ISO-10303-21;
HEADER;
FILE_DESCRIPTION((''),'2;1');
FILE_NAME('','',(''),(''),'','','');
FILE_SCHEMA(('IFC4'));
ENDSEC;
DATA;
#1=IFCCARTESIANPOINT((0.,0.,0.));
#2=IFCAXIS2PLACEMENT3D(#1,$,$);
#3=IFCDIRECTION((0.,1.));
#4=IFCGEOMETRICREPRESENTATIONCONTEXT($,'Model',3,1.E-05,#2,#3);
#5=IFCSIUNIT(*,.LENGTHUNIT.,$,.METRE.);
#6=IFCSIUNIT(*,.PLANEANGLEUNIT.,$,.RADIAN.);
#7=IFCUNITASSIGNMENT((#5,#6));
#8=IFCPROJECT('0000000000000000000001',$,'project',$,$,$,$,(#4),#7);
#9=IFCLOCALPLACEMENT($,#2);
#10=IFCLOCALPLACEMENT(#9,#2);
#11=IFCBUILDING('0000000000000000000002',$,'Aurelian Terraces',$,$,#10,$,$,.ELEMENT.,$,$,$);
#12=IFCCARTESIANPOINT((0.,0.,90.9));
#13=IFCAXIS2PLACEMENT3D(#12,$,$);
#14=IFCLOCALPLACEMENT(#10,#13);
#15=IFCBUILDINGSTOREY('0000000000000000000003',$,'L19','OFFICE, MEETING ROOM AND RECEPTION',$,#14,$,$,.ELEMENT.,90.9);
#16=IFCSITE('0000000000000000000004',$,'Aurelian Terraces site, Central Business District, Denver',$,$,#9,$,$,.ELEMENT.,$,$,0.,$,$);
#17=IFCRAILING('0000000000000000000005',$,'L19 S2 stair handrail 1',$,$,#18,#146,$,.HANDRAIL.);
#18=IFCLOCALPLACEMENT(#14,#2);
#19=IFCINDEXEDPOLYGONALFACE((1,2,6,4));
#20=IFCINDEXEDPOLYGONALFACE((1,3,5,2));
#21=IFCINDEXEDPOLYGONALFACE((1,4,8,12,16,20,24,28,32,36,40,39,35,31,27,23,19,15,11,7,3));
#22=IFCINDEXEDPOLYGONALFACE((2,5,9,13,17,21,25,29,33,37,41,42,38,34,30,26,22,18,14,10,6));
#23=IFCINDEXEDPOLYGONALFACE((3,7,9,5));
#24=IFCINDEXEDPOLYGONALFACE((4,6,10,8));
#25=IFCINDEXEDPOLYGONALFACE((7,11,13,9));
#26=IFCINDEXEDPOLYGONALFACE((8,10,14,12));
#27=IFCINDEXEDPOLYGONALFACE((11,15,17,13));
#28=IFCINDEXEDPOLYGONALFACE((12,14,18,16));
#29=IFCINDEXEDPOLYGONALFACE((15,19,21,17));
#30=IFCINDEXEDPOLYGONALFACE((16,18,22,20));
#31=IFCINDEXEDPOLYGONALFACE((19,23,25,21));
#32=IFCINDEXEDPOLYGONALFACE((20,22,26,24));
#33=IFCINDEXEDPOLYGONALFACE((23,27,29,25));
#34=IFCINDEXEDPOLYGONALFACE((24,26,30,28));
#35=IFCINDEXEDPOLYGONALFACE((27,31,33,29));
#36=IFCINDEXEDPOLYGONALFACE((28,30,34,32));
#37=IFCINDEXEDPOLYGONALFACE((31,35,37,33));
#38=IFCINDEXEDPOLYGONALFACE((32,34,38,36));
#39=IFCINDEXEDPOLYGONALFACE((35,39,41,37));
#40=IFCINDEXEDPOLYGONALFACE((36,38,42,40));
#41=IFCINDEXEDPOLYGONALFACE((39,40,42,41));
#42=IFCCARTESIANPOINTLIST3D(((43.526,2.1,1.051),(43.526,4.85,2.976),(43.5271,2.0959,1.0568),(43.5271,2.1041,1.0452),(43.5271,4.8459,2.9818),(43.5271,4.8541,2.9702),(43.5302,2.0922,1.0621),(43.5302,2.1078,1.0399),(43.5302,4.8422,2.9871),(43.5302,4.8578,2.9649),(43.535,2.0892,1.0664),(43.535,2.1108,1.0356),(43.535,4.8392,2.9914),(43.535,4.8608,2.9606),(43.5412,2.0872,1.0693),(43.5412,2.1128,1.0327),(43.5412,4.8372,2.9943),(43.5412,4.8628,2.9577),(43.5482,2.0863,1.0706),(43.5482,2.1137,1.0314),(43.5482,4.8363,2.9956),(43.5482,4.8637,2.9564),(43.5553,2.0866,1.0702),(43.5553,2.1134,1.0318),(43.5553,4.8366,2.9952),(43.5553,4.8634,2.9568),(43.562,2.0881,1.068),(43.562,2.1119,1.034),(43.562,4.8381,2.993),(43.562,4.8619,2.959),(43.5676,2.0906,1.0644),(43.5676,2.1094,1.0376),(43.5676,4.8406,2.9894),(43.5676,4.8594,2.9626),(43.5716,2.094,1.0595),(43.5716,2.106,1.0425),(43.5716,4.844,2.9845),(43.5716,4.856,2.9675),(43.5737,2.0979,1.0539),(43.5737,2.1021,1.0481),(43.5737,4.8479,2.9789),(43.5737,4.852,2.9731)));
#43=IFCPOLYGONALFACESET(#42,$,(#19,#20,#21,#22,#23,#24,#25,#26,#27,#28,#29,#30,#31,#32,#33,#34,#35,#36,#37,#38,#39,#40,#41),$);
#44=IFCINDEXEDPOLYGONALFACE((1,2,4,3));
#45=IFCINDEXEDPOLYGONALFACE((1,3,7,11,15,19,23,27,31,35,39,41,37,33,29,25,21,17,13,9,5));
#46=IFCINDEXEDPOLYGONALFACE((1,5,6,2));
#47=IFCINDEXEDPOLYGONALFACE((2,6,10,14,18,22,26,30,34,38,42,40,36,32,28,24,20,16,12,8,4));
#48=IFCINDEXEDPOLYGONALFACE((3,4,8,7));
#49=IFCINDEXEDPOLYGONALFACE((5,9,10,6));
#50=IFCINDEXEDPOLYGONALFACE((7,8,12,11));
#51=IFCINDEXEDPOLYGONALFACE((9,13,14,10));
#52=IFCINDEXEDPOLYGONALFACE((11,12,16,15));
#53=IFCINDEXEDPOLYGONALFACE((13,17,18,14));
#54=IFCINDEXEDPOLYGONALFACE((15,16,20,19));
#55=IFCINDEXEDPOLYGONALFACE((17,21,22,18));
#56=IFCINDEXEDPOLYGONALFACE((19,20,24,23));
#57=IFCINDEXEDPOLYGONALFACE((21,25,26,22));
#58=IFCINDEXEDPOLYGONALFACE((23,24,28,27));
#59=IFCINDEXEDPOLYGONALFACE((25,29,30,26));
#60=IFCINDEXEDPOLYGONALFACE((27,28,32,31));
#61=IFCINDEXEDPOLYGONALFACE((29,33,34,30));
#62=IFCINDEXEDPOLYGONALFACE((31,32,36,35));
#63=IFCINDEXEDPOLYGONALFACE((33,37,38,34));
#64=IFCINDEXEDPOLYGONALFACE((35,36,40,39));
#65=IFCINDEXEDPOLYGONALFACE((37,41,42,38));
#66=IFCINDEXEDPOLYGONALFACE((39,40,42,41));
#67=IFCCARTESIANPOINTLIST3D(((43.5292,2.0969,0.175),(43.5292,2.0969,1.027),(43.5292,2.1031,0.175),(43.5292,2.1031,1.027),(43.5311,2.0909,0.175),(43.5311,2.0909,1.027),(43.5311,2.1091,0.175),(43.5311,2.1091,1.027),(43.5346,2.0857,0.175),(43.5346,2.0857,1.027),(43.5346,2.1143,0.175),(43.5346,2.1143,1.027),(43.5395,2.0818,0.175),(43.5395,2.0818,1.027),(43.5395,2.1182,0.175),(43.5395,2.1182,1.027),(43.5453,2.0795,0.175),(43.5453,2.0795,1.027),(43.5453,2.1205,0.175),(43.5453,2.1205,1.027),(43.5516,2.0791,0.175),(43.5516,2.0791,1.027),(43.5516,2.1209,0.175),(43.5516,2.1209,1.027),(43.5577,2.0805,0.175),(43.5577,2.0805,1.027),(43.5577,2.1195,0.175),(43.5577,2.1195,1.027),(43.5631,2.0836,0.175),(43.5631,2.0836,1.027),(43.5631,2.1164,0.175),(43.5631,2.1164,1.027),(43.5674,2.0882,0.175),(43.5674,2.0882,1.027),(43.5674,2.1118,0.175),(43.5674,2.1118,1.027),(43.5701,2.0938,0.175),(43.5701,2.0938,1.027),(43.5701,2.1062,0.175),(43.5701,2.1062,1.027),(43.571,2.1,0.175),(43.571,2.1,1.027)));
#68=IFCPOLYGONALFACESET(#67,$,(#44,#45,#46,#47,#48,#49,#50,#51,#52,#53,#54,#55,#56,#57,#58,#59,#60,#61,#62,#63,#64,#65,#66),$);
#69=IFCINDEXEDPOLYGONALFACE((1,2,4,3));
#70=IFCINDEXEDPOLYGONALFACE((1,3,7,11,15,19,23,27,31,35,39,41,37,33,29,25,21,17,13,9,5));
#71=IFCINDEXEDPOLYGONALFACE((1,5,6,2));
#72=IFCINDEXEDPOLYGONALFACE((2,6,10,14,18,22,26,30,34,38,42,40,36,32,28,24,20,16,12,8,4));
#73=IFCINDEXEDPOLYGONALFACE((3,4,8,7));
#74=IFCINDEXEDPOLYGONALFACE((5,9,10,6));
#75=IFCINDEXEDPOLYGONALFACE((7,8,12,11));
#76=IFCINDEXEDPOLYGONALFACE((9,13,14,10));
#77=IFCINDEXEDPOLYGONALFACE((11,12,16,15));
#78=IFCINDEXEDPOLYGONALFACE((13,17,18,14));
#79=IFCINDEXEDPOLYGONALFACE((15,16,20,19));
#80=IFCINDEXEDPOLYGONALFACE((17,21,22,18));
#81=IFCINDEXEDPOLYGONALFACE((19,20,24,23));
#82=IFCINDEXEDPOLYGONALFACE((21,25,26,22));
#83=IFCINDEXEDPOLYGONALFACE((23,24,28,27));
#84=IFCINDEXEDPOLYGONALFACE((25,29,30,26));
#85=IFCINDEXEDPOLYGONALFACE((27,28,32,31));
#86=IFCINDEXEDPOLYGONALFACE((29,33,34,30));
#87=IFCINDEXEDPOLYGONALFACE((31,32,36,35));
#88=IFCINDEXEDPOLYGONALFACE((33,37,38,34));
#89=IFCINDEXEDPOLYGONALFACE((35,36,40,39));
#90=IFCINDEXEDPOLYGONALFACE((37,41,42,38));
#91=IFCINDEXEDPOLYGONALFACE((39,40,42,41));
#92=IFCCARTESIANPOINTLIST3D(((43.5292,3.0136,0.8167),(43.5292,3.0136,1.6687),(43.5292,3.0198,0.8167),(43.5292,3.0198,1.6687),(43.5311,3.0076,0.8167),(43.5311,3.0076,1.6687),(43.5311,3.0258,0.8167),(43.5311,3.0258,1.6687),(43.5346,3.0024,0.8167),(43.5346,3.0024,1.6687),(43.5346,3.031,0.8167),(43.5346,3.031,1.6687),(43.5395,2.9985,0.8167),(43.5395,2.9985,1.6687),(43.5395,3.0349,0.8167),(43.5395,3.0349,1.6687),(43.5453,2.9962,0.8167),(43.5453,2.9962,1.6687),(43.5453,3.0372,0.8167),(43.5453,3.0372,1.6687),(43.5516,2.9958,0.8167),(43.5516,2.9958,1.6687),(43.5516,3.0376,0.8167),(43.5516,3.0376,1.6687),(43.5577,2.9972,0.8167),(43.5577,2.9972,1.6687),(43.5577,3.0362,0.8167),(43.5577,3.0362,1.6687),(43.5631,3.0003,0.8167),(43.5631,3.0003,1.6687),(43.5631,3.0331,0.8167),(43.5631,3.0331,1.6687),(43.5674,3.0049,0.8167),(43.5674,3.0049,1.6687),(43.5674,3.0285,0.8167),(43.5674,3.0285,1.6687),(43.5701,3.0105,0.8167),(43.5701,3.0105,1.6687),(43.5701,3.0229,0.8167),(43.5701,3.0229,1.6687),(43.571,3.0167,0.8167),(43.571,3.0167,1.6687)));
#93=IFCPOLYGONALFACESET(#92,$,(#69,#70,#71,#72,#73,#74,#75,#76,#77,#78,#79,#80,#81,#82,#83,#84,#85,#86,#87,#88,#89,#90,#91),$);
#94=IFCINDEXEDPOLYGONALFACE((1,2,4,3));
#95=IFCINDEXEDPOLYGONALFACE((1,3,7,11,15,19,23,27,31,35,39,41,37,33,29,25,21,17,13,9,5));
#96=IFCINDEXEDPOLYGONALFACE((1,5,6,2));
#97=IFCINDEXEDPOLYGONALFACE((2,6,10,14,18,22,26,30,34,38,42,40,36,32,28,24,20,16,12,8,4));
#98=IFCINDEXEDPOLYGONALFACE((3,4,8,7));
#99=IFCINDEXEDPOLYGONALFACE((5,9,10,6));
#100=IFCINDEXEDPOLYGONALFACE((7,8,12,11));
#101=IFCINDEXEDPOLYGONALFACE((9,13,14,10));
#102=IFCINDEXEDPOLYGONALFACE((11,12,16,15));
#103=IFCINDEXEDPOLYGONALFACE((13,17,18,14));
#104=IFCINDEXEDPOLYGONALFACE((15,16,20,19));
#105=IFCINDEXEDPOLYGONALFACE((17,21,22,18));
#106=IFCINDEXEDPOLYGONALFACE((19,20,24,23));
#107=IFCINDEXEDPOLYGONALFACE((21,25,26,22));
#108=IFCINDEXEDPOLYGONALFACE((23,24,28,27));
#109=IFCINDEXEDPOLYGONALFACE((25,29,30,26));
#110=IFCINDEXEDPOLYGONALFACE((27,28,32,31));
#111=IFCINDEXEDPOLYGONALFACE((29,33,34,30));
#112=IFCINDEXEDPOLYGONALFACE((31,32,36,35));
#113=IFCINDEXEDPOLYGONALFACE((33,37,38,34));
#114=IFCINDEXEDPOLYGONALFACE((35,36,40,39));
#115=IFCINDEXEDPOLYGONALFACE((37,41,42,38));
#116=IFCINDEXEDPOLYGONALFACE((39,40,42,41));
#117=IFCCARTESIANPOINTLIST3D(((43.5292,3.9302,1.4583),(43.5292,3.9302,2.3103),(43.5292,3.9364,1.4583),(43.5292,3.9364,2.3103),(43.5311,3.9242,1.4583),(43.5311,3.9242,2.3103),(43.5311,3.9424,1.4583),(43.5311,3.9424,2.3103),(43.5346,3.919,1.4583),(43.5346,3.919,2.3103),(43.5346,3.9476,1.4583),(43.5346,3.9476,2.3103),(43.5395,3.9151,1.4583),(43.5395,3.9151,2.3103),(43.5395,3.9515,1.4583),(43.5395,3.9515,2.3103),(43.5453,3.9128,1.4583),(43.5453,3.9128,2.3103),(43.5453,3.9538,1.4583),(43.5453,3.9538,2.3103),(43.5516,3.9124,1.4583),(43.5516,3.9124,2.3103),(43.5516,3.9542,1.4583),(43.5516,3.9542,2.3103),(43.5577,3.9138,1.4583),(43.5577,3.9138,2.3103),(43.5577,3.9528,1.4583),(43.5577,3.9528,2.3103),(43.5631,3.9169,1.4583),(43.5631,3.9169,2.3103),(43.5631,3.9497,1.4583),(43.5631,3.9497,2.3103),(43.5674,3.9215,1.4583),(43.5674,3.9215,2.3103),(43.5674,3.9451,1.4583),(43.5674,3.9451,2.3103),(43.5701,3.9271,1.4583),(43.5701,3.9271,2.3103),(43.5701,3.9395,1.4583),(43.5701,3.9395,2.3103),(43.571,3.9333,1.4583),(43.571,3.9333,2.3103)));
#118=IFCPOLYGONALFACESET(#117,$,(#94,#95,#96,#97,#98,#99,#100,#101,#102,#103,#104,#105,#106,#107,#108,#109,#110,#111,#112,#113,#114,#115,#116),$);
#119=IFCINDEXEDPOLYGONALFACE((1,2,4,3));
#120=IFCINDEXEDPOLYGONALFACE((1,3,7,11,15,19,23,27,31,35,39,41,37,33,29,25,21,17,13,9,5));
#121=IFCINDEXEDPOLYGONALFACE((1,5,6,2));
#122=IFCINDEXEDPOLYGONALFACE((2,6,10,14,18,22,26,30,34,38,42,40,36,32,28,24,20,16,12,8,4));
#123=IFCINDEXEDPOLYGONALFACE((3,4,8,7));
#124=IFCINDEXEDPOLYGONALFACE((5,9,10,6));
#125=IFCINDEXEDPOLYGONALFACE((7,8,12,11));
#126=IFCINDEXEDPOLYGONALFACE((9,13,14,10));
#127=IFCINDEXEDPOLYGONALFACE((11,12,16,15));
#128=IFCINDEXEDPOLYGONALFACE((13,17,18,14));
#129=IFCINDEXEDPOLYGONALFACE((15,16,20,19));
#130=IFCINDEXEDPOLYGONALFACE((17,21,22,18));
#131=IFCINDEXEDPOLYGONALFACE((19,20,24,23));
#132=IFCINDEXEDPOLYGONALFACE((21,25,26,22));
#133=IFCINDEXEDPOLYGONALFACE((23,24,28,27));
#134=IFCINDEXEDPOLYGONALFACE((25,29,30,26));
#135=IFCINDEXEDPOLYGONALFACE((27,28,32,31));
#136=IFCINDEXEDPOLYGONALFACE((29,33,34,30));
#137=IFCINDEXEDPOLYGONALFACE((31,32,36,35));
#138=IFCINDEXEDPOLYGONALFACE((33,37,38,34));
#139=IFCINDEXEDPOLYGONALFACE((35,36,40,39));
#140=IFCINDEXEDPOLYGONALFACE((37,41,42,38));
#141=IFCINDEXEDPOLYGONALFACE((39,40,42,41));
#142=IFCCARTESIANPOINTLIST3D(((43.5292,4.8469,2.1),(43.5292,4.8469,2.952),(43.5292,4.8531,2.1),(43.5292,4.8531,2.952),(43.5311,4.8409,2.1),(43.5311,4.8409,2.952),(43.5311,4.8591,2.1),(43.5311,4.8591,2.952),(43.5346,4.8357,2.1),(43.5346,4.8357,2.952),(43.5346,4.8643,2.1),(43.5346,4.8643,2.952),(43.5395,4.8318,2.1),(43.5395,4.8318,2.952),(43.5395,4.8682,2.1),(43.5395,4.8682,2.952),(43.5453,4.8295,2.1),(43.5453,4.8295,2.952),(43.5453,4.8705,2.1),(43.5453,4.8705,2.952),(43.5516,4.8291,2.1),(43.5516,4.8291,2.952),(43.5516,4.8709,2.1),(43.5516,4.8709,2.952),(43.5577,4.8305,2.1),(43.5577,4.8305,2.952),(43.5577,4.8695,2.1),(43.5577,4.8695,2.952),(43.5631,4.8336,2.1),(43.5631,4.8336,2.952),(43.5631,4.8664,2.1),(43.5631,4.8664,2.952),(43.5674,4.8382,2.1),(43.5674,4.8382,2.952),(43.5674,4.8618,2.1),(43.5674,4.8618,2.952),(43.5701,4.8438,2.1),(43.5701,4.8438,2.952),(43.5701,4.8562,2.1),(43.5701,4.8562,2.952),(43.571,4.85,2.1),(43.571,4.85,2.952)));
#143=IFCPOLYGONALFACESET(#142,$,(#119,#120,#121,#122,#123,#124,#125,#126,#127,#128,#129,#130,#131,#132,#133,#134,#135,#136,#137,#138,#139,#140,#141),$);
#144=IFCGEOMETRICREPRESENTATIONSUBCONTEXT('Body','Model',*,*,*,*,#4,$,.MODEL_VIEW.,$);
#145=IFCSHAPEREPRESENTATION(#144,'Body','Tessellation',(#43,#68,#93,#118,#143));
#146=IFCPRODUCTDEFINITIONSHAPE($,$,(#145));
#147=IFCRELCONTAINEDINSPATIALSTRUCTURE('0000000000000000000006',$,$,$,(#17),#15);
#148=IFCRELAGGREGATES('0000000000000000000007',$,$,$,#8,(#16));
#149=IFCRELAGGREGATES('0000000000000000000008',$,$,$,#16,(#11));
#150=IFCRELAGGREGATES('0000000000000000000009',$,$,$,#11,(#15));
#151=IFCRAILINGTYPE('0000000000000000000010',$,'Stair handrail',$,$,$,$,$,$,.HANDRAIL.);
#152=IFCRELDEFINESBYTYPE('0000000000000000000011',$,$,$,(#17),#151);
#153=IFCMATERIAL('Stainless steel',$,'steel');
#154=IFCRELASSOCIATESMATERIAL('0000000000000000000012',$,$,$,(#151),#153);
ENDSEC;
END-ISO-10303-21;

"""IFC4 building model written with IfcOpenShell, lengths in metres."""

from ifc_helpers import new_model, si_unit, direction, frame, origin, origin_2d, place, context, subcontext, project, spatial, circle, extrude, source, transform, mapped, material, type_object, element, save


model = new_model("IFC4")

# Units and contexts
model_context = context("Model", 3, precision=1e-05, world=origin(), true_north=direction((0.0, 1.0)))
body_context = subcontext(model_context, "Body", "Model", "MODEL_VIEW")
ifc_project = project(units=[si_unit("LENGTHUNIT", "METRE"), si_unit("PLANEANGLEUNIT", "RADIAN")], contexts=[model_context])

# Site, building, storey
site_placement = place(None, origin())
site = spatial("IfcSite", under=ifc_project, at=site_placement, Name="Aurelian Terraces site, Central Business District, Denver", CompositionType="ELEMENT", RefElevation=0.0)
building_placement = place(site_placement, origin())
building = spatial("IfcBuilding", under=site, at=building_placement, Name="Aurelian Terraces", CompositionType="ELEMENT")
storey_placement = place(building_placement, frame((0.0, 0.0, 90.9)))
storey = spatial("IfcBuildingStorey", under=building, at=storey_placement, Name="L19", Description="OFFICE, MEETING ROOM AND RECEPTION", CompositionType="ELEMENT", Elevation=90.9)

# Railing
ifc_material_1 = material(Name="Stainless steel", Category="steel")
railing_type_1 = type_object("IfcRailingType", Name="Stair handrail", PredefinedType="HANDRAIL", material=ifc_material_1)
shared_shape_1 = source(origin(), body_context, "Body", "SweptSolid", [
    extrude(circle(Radius=0.024, at=origin_2d()), frame((0.0, 0.0, 0.876), z_axis=(0.0, 0.819232, 0.573462), x_axis=(-1.0, 0.0, 0.0)), (0.0, 0.0, 1.0), 3.3568),
    extrude(circle(Radius=0.021, at=origin_2d()), origin(), (0.0, 0.0, 1.0), 0.852),
    extrude(circle(Radius=0.021, at=origin_2d()), frame((0.0, 0.9167, 0.6417)), (0.0, 0.0, 1.0), 0.852),
    extrude(circle(Radius=0.021, at=origin_2d()), frame((0.0, 1.8333, 1.2833)), (0.0, 0.0, 1.0), 0.852),
    extrude(circle(Radius=0.021, at=origin_2d()), frame((0.0, 2.75, 1.925)), (0.0, 0.0, 1.0), 0.852),
])
railing_1_placement = place(storey_placement, frame((43.55, 2.1, 0.175)))
element("IfcRailing", 1, at=railing_1_placement, inside=storey, type_object=railing_type_1, Name="L19 S2 stair handrail 1", PredefinedType="HANDRAIL", context=body_context, shape_type="MappedRepresentation", body=[
    mapped(shared_shape_1, transform((0.0, 0.0, 0.0), scale=1.0)),
])

save(model, "model.ifc")
